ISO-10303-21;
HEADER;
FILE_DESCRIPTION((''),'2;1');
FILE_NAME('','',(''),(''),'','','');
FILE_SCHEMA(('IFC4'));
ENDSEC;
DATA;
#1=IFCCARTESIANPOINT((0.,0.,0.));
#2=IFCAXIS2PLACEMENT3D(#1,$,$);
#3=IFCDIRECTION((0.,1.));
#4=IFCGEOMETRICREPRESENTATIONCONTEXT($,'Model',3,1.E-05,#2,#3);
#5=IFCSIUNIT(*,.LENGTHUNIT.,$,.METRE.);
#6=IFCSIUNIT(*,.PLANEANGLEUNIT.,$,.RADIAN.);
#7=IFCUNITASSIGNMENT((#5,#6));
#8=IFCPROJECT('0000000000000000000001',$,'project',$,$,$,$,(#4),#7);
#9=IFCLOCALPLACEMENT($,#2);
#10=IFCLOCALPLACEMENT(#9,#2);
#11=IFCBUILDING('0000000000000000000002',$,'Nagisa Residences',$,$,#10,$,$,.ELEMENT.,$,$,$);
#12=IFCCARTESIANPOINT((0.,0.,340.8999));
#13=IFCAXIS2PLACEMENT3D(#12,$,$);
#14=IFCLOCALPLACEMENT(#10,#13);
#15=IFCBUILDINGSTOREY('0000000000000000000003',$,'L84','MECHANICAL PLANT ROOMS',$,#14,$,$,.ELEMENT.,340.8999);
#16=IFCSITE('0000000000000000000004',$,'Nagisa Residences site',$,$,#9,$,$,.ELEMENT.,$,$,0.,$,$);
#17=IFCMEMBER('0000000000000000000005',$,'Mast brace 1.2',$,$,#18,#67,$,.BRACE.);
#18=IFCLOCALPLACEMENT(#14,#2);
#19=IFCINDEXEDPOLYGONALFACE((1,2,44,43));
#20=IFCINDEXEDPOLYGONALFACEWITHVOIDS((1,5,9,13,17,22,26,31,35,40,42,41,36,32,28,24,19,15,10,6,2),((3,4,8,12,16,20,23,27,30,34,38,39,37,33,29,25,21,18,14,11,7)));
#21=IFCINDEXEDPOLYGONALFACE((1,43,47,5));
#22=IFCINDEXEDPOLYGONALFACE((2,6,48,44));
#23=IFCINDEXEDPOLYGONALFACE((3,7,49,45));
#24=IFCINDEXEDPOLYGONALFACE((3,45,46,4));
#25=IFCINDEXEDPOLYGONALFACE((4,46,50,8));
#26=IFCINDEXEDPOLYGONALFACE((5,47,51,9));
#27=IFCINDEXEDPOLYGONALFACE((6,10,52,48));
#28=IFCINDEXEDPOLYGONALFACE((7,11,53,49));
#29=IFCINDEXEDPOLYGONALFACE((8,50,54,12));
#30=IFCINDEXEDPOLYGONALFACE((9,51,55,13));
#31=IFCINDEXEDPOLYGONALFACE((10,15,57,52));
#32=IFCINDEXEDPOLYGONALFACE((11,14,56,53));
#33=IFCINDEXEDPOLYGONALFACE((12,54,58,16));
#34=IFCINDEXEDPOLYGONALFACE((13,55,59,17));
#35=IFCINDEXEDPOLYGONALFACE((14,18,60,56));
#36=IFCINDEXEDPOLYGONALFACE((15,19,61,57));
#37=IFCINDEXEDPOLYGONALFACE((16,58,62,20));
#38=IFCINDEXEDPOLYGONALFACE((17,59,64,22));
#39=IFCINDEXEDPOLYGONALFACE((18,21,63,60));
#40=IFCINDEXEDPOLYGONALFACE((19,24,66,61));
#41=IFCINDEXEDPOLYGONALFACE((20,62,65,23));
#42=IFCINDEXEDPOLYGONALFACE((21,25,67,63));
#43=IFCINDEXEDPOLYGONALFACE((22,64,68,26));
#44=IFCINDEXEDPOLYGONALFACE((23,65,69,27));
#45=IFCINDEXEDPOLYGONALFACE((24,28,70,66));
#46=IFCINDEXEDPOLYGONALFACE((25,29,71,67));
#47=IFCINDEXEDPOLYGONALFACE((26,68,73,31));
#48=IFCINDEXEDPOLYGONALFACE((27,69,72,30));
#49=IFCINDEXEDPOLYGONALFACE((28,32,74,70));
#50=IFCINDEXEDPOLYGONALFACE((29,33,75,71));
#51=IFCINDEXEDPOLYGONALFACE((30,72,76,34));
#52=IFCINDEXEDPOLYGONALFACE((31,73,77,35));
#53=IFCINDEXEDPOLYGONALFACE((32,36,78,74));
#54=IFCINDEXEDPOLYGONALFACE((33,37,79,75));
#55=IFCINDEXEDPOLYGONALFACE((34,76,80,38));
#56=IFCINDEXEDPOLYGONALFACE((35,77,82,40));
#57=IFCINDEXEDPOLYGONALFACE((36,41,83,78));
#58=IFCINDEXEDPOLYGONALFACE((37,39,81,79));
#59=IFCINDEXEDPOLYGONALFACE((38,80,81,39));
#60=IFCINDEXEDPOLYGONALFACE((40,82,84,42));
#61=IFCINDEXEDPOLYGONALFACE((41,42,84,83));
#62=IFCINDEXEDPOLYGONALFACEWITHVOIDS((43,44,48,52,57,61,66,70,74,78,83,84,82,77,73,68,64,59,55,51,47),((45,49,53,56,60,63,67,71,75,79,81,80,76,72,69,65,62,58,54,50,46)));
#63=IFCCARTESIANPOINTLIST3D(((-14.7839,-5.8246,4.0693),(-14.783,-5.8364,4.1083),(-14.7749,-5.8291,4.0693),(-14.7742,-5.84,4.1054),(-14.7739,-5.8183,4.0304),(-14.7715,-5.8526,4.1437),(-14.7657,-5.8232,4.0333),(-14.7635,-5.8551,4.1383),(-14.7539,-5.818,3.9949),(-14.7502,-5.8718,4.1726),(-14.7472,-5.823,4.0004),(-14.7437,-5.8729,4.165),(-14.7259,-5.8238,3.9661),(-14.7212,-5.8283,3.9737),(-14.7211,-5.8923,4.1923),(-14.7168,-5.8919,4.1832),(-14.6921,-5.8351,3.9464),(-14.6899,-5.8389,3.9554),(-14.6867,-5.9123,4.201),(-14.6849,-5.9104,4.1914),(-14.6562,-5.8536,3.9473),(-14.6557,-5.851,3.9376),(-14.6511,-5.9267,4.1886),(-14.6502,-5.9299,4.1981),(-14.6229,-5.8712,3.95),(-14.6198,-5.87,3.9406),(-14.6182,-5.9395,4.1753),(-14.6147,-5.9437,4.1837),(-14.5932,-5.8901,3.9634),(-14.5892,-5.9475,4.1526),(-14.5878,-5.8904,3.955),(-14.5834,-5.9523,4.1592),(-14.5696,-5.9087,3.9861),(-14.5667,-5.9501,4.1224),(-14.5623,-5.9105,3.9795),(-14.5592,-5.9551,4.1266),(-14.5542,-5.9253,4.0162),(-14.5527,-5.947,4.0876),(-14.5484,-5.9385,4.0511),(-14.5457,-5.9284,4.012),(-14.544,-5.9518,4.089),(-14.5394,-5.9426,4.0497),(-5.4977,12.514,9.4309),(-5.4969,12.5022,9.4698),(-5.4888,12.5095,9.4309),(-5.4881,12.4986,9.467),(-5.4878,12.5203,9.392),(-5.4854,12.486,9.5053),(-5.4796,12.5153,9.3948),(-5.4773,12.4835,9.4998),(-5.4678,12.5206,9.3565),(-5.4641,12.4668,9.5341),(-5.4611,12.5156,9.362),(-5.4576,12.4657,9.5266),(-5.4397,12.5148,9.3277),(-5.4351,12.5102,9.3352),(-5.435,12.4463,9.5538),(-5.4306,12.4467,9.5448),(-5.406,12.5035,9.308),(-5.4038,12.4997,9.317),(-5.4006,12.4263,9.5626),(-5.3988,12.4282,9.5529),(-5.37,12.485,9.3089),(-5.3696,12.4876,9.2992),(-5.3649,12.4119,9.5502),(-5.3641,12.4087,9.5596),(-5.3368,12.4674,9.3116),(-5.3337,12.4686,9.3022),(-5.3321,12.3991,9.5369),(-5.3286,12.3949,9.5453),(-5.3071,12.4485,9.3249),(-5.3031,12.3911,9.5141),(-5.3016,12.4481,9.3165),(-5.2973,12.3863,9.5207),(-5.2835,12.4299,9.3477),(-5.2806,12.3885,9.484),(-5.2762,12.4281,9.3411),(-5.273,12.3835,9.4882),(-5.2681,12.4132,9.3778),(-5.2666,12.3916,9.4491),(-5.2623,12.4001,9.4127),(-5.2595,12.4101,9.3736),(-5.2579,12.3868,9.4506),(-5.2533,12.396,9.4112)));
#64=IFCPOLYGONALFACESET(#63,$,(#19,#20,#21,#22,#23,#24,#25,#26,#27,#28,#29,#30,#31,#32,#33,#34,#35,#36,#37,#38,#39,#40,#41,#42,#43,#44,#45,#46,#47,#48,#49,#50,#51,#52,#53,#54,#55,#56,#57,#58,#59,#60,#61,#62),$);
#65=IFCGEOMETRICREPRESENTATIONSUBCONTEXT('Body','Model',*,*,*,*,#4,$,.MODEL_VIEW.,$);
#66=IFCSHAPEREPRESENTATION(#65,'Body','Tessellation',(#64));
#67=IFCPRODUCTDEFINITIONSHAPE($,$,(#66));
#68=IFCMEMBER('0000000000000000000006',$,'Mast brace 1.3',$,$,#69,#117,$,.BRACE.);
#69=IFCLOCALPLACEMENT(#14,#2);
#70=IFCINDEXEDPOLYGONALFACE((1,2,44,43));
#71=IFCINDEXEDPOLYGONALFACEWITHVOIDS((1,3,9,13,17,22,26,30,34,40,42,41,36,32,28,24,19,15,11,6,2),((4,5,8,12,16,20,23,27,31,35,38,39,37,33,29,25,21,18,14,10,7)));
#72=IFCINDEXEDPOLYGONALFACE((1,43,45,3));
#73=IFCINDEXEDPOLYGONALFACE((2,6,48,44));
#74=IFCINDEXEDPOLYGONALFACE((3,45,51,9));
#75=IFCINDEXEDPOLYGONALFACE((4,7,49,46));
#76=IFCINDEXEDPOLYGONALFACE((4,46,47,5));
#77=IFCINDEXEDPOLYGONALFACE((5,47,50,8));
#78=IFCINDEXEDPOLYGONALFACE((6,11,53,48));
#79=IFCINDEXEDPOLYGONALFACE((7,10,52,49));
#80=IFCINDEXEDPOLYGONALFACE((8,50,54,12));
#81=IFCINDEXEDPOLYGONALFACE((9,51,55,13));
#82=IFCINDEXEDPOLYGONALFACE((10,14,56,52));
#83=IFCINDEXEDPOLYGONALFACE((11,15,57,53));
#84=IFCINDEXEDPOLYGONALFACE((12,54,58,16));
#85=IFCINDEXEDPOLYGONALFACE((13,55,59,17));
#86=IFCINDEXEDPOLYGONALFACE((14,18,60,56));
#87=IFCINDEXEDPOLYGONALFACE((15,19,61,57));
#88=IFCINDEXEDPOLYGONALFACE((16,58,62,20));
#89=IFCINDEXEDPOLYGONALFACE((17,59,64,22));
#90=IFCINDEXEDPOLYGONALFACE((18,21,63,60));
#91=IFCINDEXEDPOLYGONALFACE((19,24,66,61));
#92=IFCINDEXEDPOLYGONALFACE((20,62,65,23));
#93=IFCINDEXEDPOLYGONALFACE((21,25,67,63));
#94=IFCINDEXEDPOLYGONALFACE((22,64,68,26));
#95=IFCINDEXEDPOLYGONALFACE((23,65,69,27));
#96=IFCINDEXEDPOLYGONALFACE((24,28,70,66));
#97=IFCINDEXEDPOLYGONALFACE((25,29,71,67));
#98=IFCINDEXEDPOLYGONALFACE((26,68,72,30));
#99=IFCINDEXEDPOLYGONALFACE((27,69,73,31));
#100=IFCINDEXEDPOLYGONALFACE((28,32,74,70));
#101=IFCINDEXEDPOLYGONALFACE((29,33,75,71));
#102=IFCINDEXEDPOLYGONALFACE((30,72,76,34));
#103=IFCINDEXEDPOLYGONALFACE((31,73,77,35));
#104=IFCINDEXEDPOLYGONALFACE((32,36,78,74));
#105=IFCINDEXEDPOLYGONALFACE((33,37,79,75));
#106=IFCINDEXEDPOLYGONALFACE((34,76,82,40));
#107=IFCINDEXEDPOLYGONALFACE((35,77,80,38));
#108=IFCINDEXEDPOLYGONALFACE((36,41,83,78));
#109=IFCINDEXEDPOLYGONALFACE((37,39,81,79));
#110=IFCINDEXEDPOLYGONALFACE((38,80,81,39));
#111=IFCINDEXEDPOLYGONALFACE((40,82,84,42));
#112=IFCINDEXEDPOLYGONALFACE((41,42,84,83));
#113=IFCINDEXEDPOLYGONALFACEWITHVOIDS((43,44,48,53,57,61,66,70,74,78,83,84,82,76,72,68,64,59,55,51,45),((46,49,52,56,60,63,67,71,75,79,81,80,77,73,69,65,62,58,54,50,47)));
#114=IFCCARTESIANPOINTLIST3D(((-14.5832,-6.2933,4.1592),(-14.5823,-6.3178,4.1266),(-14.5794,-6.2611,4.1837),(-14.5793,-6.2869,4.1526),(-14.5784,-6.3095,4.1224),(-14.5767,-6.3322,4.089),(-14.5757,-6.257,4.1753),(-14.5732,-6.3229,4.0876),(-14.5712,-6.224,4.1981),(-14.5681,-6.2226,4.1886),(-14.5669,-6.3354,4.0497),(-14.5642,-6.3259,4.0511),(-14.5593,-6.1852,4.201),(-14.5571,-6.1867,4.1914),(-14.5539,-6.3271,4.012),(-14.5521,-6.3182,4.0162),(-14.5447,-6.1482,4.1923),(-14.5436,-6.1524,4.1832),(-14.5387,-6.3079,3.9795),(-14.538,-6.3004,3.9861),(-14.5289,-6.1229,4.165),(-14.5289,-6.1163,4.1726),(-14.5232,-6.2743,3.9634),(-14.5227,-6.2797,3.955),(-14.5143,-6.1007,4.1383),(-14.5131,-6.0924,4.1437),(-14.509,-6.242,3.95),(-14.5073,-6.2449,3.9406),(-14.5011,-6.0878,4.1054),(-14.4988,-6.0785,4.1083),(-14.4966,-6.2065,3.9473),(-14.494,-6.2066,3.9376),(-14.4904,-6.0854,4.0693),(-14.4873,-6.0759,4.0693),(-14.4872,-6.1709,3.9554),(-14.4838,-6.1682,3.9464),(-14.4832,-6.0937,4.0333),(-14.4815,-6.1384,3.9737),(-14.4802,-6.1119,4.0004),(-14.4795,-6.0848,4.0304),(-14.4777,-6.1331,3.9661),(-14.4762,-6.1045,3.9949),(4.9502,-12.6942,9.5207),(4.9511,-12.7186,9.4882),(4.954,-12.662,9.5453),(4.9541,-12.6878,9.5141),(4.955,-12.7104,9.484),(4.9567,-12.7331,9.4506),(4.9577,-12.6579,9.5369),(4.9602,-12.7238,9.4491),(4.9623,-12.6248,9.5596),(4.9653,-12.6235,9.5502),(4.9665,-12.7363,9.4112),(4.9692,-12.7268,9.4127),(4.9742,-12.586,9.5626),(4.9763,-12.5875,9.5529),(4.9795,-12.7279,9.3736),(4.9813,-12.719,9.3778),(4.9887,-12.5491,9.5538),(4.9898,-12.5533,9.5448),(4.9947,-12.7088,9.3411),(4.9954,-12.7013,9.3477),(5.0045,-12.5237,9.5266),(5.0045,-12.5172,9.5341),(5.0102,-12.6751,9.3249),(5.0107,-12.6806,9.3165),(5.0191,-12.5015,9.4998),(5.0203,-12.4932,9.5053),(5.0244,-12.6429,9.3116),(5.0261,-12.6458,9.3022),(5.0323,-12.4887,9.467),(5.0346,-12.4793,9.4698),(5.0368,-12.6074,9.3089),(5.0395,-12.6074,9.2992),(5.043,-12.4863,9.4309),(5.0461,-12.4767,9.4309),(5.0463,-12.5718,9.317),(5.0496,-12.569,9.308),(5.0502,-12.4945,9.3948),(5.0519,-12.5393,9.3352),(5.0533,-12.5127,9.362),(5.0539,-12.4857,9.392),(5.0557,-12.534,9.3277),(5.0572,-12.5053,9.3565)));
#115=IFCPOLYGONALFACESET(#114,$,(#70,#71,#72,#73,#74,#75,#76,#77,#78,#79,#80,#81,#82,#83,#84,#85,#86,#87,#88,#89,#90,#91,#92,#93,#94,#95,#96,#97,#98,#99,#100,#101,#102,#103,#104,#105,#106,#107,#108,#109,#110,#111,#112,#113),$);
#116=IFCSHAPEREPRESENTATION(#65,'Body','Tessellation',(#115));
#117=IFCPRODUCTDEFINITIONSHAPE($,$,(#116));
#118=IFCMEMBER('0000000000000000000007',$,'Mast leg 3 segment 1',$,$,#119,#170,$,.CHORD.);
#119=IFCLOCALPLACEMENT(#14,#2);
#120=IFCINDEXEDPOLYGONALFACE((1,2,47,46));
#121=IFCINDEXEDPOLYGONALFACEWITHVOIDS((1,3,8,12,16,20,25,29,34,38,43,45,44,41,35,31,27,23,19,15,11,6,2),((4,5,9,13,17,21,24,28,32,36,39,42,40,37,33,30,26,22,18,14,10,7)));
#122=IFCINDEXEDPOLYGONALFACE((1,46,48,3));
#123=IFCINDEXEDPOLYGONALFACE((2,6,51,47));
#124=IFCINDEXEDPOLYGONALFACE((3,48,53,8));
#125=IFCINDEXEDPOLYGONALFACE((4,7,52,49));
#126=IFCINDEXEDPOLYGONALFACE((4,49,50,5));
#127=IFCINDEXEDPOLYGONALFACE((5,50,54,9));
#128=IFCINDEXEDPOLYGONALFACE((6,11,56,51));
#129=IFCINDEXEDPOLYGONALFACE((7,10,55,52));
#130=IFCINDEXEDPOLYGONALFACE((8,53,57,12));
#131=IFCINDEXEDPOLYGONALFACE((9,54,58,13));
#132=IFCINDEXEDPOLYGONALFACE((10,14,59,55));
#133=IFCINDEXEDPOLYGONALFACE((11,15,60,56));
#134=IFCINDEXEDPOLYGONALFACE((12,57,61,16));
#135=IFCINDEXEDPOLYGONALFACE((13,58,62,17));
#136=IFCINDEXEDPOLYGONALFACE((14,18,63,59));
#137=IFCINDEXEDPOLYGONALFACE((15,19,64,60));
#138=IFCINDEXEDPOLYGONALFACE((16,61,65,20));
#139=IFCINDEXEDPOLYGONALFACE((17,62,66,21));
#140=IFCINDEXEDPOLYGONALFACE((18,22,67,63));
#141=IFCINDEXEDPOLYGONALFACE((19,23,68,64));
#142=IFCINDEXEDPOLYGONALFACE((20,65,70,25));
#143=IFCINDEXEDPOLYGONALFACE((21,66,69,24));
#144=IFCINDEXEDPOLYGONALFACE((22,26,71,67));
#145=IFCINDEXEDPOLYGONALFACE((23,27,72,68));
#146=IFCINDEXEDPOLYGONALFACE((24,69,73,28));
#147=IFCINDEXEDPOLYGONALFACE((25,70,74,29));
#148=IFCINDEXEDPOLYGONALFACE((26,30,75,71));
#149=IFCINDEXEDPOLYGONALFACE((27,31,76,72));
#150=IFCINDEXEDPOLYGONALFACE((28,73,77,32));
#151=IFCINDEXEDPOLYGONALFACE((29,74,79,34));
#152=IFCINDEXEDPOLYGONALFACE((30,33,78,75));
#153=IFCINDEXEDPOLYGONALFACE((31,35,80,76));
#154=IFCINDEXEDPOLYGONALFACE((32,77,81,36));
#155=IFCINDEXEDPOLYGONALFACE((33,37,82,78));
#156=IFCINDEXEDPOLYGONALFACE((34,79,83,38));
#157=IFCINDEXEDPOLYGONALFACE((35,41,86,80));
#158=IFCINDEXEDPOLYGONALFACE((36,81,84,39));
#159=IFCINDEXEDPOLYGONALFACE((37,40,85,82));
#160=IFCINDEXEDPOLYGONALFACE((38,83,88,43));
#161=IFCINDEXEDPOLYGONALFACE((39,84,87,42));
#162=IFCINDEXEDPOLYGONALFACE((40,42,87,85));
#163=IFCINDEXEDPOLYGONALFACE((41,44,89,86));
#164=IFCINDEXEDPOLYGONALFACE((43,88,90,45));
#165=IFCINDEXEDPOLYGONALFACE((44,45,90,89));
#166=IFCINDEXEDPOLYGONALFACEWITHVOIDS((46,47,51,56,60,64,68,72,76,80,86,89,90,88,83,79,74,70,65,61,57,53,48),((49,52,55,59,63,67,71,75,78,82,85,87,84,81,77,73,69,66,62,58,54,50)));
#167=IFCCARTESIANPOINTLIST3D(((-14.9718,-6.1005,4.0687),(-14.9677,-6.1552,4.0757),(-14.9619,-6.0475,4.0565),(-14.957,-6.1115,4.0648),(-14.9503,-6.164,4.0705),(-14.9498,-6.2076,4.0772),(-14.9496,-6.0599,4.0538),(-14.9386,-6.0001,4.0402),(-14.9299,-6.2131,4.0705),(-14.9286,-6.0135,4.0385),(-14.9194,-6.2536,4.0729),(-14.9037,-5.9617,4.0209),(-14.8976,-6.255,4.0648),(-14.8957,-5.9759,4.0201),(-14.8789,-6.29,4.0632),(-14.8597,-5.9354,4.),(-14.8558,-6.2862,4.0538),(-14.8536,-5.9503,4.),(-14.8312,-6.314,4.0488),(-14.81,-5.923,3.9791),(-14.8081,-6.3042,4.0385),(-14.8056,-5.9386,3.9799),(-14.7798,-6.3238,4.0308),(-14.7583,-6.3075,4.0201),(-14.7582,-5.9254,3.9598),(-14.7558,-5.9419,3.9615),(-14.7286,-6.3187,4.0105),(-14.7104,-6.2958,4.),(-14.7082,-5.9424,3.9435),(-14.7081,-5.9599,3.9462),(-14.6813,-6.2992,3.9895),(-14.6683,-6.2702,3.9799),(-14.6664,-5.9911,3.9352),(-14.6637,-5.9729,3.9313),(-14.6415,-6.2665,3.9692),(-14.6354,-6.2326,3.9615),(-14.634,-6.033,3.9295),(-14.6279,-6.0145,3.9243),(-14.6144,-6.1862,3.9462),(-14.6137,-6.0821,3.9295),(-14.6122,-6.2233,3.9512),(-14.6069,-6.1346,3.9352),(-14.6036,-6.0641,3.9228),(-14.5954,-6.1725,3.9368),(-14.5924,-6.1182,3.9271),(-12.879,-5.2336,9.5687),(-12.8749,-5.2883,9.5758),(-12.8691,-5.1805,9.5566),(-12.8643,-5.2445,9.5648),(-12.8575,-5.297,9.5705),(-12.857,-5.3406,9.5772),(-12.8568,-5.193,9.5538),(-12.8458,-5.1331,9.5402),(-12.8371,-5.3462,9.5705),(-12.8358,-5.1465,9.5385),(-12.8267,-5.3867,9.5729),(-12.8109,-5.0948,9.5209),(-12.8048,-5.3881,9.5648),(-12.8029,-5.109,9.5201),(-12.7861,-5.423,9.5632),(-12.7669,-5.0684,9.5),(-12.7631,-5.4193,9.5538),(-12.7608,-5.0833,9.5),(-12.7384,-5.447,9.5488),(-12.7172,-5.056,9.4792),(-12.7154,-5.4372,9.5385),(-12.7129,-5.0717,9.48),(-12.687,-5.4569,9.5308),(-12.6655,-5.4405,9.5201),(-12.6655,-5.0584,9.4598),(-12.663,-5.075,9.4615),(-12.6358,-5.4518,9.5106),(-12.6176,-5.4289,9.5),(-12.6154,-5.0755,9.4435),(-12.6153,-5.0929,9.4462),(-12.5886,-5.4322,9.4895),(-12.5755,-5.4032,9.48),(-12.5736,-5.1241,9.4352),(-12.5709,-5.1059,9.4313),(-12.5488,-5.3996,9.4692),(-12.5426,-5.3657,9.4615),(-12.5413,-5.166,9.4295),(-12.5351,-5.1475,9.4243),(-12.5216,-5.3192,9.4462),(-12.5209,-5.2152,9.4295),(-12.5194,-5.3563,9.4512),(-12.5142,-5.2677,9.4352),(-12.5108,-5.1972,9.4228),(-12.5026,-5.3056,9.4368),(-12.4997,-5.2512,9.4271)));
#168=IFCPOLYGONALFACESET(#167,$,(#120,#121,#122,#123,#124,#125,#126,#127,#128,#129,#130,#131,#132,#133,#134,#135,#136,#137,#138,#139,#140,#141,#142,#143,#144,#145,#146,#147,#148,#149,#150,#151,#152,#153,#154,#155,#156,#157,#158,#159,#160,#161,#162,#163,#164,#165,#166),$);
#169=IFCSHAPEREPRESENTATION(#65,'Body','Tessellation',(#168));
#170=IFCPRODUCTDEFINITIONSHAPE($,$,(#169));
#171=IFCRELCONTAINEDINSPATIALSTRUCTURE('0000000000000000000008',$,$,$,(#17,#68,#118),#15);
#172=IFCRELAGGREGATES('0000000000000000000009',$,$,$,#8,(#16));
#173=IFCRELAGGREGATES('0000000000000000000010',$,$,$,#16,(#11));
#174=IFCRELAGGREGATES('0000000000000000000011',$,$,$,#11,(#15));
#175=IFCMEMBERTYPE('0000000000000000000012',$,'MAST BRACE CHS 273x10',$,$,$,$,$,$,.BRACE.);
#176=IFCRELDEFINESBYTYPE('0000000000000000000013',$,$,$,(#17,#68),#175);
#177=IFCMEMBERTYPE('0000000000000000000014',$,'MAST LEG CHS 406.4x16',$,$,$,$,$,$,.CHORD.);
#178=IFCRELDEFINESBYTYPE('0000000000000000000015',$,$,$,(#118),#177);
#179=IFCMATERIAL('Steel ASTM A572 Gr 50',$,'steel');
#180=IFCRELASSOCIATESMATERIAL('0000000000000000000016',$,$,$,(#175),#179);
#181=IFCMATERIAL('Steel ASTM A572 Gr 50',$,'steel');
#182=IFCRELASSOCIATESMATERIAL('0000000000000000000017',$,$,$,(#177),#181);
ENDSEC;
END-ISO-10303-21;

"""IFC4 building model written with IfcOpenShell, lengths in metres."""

from ifc_helpers import new_model, si_unit, direction, frame, origin, origin_2d, place, context, subcontext, project, spatial, hollow_circle, extrude, material, material_profile, profile_set, type_object, element, save


model = new_model("IFC4")

# Units and contexts
model_context = context("Model", 3, precision=1e-05, world=origin(), true_north=direction((0.0, 1.0)))
body_context = subcontext(model_context, "Body", "Model", "MODEL_VIEW")
ifc_project = project(units=[si_unit("LENGTHUNIT", "METRE"), si_unit("PLANEANGLEUNIT", "RADIAN")], contexts=[model_context])

# Site, building, storey
site_placement = place(None, origin())
site = spatial("IfcSite", under=ifc_project, at=site_placement, Name="Nagisa Residences site", CompositionType="ELEMENT", RefElevation=0.0)
building_placement = place(site_placement, origin())
building = spatial("IfcBuilding", under=site, at=building_placement, Name="Nagisa Residences", CompositionType="ELEMENT")
storey_placement = place(building_placement, frame((0.0, 0.0, 340.8999)))
storey = spatial("IfcBuildingStorey", under=building, at=storey_placement, Name="L84", Description="MECHANICAL PLANT ROOMS", CompositionType="ELEMENT", Elevation=340.8999)

# Members
ifc_material_1 = material(Name="Steel ASTM A572 Gr 50", Category="steel")
ifc_material_profile_1 = material_profile(ifc_material_1, hollow_circle(Radius=0.1365, WallThickness=0.01, at=origin_2d()), Name="MAST BRACE CHS 273x10")
ifc_profile_set_1 = profile_set([ifc_material_profile_1], Name="Steel ASTM A572 Gr 50")
member_type_1 = type_object("IfcMemberType", Name="MAST BRACE CHS 273x10", PredefinedType="BRACE", material=ifc_profile_set_1)
member_1_placement = place(storey_placement, frame((-14.6621, -5.8862, 4.0693), z_axis=(0.437129, 0.86326, 0.252387), x_axis=(-0.892142, 0.451754, 0.0)))
element("IfcMember", 1, at=member_1_placement, inside=storey, type_object=member_type_1, Name="Mast brace 1.2", PredefinedType="BRACE", context=body_context, shape_type="SweptSolid", body=[
    extrude(hollow_circle(Radius=0.1365, WallThickness=0.01, at=origin_2d()), origin(), (0.0, 0.0, 1.0), 21.2434),
])
member_2_placement = place(storey_placement, frame((-14.5298, -6.2056, 4.0693), z_axis=(0.919516, -0.301314, 0.25239), x_axis=(0.311396, 0.95028, 0.0)))
element("IfcMember", 2, at=member_2_placement, inside=storey, type_object=member_type_1, Name="Mast brace 1.3", PredefinedType="BRACE", context=body_context, shape_type="SweptSolid", body=[
    extrude(hollow_circle(Radius=0.1365, WallThickness=0.01, at=origin_2d()), origin(), (0.0, 0.0, 1.0), 21.2432),
])
ifc_material_2 = material(Name="Steel ASTM A572 Gr 50", Category="steel")
ifc_material_profile_2 = material_profile(ifc_material_2, hollow_circle(Radius=0.2031, WallThickness=0.0161, at=origin_2d()), Name="MAST LEG CHS 406.4x16")
ifc_profile_set_2 = profile_set([ifc_material_profile_2], Name="Steel ASTM A572 Gr 50")
member_type_2 = type_object("IfcMemberType", Name="MAST LEG CHS 406.4x16", PredefinedType="CHORD", material=ifc_profile_set_2)
member_3_placement = place(storey_placement, frame((-14.782, -6.123, 4.0), z_axis=(0.351832, 0.145748, 0.924647), x_axis=(-0.382717, 0.923866, 0.0)))
element("IfcMember", 3, at=member_3_placement, inside=storey, type_object=member_type_2, Name="Mast leg 3 segment 1", PredefinedType="CHORD", context=body_context, shape_type="SweptSolid", body=[
    extrude(hollow_circle(Radius=0.2031, WallThickness=0.0161, at=origin_2d()), origin(), (0.0, 0.0, 1.0), 5.9482),
])

save(model, "model.ifc")
